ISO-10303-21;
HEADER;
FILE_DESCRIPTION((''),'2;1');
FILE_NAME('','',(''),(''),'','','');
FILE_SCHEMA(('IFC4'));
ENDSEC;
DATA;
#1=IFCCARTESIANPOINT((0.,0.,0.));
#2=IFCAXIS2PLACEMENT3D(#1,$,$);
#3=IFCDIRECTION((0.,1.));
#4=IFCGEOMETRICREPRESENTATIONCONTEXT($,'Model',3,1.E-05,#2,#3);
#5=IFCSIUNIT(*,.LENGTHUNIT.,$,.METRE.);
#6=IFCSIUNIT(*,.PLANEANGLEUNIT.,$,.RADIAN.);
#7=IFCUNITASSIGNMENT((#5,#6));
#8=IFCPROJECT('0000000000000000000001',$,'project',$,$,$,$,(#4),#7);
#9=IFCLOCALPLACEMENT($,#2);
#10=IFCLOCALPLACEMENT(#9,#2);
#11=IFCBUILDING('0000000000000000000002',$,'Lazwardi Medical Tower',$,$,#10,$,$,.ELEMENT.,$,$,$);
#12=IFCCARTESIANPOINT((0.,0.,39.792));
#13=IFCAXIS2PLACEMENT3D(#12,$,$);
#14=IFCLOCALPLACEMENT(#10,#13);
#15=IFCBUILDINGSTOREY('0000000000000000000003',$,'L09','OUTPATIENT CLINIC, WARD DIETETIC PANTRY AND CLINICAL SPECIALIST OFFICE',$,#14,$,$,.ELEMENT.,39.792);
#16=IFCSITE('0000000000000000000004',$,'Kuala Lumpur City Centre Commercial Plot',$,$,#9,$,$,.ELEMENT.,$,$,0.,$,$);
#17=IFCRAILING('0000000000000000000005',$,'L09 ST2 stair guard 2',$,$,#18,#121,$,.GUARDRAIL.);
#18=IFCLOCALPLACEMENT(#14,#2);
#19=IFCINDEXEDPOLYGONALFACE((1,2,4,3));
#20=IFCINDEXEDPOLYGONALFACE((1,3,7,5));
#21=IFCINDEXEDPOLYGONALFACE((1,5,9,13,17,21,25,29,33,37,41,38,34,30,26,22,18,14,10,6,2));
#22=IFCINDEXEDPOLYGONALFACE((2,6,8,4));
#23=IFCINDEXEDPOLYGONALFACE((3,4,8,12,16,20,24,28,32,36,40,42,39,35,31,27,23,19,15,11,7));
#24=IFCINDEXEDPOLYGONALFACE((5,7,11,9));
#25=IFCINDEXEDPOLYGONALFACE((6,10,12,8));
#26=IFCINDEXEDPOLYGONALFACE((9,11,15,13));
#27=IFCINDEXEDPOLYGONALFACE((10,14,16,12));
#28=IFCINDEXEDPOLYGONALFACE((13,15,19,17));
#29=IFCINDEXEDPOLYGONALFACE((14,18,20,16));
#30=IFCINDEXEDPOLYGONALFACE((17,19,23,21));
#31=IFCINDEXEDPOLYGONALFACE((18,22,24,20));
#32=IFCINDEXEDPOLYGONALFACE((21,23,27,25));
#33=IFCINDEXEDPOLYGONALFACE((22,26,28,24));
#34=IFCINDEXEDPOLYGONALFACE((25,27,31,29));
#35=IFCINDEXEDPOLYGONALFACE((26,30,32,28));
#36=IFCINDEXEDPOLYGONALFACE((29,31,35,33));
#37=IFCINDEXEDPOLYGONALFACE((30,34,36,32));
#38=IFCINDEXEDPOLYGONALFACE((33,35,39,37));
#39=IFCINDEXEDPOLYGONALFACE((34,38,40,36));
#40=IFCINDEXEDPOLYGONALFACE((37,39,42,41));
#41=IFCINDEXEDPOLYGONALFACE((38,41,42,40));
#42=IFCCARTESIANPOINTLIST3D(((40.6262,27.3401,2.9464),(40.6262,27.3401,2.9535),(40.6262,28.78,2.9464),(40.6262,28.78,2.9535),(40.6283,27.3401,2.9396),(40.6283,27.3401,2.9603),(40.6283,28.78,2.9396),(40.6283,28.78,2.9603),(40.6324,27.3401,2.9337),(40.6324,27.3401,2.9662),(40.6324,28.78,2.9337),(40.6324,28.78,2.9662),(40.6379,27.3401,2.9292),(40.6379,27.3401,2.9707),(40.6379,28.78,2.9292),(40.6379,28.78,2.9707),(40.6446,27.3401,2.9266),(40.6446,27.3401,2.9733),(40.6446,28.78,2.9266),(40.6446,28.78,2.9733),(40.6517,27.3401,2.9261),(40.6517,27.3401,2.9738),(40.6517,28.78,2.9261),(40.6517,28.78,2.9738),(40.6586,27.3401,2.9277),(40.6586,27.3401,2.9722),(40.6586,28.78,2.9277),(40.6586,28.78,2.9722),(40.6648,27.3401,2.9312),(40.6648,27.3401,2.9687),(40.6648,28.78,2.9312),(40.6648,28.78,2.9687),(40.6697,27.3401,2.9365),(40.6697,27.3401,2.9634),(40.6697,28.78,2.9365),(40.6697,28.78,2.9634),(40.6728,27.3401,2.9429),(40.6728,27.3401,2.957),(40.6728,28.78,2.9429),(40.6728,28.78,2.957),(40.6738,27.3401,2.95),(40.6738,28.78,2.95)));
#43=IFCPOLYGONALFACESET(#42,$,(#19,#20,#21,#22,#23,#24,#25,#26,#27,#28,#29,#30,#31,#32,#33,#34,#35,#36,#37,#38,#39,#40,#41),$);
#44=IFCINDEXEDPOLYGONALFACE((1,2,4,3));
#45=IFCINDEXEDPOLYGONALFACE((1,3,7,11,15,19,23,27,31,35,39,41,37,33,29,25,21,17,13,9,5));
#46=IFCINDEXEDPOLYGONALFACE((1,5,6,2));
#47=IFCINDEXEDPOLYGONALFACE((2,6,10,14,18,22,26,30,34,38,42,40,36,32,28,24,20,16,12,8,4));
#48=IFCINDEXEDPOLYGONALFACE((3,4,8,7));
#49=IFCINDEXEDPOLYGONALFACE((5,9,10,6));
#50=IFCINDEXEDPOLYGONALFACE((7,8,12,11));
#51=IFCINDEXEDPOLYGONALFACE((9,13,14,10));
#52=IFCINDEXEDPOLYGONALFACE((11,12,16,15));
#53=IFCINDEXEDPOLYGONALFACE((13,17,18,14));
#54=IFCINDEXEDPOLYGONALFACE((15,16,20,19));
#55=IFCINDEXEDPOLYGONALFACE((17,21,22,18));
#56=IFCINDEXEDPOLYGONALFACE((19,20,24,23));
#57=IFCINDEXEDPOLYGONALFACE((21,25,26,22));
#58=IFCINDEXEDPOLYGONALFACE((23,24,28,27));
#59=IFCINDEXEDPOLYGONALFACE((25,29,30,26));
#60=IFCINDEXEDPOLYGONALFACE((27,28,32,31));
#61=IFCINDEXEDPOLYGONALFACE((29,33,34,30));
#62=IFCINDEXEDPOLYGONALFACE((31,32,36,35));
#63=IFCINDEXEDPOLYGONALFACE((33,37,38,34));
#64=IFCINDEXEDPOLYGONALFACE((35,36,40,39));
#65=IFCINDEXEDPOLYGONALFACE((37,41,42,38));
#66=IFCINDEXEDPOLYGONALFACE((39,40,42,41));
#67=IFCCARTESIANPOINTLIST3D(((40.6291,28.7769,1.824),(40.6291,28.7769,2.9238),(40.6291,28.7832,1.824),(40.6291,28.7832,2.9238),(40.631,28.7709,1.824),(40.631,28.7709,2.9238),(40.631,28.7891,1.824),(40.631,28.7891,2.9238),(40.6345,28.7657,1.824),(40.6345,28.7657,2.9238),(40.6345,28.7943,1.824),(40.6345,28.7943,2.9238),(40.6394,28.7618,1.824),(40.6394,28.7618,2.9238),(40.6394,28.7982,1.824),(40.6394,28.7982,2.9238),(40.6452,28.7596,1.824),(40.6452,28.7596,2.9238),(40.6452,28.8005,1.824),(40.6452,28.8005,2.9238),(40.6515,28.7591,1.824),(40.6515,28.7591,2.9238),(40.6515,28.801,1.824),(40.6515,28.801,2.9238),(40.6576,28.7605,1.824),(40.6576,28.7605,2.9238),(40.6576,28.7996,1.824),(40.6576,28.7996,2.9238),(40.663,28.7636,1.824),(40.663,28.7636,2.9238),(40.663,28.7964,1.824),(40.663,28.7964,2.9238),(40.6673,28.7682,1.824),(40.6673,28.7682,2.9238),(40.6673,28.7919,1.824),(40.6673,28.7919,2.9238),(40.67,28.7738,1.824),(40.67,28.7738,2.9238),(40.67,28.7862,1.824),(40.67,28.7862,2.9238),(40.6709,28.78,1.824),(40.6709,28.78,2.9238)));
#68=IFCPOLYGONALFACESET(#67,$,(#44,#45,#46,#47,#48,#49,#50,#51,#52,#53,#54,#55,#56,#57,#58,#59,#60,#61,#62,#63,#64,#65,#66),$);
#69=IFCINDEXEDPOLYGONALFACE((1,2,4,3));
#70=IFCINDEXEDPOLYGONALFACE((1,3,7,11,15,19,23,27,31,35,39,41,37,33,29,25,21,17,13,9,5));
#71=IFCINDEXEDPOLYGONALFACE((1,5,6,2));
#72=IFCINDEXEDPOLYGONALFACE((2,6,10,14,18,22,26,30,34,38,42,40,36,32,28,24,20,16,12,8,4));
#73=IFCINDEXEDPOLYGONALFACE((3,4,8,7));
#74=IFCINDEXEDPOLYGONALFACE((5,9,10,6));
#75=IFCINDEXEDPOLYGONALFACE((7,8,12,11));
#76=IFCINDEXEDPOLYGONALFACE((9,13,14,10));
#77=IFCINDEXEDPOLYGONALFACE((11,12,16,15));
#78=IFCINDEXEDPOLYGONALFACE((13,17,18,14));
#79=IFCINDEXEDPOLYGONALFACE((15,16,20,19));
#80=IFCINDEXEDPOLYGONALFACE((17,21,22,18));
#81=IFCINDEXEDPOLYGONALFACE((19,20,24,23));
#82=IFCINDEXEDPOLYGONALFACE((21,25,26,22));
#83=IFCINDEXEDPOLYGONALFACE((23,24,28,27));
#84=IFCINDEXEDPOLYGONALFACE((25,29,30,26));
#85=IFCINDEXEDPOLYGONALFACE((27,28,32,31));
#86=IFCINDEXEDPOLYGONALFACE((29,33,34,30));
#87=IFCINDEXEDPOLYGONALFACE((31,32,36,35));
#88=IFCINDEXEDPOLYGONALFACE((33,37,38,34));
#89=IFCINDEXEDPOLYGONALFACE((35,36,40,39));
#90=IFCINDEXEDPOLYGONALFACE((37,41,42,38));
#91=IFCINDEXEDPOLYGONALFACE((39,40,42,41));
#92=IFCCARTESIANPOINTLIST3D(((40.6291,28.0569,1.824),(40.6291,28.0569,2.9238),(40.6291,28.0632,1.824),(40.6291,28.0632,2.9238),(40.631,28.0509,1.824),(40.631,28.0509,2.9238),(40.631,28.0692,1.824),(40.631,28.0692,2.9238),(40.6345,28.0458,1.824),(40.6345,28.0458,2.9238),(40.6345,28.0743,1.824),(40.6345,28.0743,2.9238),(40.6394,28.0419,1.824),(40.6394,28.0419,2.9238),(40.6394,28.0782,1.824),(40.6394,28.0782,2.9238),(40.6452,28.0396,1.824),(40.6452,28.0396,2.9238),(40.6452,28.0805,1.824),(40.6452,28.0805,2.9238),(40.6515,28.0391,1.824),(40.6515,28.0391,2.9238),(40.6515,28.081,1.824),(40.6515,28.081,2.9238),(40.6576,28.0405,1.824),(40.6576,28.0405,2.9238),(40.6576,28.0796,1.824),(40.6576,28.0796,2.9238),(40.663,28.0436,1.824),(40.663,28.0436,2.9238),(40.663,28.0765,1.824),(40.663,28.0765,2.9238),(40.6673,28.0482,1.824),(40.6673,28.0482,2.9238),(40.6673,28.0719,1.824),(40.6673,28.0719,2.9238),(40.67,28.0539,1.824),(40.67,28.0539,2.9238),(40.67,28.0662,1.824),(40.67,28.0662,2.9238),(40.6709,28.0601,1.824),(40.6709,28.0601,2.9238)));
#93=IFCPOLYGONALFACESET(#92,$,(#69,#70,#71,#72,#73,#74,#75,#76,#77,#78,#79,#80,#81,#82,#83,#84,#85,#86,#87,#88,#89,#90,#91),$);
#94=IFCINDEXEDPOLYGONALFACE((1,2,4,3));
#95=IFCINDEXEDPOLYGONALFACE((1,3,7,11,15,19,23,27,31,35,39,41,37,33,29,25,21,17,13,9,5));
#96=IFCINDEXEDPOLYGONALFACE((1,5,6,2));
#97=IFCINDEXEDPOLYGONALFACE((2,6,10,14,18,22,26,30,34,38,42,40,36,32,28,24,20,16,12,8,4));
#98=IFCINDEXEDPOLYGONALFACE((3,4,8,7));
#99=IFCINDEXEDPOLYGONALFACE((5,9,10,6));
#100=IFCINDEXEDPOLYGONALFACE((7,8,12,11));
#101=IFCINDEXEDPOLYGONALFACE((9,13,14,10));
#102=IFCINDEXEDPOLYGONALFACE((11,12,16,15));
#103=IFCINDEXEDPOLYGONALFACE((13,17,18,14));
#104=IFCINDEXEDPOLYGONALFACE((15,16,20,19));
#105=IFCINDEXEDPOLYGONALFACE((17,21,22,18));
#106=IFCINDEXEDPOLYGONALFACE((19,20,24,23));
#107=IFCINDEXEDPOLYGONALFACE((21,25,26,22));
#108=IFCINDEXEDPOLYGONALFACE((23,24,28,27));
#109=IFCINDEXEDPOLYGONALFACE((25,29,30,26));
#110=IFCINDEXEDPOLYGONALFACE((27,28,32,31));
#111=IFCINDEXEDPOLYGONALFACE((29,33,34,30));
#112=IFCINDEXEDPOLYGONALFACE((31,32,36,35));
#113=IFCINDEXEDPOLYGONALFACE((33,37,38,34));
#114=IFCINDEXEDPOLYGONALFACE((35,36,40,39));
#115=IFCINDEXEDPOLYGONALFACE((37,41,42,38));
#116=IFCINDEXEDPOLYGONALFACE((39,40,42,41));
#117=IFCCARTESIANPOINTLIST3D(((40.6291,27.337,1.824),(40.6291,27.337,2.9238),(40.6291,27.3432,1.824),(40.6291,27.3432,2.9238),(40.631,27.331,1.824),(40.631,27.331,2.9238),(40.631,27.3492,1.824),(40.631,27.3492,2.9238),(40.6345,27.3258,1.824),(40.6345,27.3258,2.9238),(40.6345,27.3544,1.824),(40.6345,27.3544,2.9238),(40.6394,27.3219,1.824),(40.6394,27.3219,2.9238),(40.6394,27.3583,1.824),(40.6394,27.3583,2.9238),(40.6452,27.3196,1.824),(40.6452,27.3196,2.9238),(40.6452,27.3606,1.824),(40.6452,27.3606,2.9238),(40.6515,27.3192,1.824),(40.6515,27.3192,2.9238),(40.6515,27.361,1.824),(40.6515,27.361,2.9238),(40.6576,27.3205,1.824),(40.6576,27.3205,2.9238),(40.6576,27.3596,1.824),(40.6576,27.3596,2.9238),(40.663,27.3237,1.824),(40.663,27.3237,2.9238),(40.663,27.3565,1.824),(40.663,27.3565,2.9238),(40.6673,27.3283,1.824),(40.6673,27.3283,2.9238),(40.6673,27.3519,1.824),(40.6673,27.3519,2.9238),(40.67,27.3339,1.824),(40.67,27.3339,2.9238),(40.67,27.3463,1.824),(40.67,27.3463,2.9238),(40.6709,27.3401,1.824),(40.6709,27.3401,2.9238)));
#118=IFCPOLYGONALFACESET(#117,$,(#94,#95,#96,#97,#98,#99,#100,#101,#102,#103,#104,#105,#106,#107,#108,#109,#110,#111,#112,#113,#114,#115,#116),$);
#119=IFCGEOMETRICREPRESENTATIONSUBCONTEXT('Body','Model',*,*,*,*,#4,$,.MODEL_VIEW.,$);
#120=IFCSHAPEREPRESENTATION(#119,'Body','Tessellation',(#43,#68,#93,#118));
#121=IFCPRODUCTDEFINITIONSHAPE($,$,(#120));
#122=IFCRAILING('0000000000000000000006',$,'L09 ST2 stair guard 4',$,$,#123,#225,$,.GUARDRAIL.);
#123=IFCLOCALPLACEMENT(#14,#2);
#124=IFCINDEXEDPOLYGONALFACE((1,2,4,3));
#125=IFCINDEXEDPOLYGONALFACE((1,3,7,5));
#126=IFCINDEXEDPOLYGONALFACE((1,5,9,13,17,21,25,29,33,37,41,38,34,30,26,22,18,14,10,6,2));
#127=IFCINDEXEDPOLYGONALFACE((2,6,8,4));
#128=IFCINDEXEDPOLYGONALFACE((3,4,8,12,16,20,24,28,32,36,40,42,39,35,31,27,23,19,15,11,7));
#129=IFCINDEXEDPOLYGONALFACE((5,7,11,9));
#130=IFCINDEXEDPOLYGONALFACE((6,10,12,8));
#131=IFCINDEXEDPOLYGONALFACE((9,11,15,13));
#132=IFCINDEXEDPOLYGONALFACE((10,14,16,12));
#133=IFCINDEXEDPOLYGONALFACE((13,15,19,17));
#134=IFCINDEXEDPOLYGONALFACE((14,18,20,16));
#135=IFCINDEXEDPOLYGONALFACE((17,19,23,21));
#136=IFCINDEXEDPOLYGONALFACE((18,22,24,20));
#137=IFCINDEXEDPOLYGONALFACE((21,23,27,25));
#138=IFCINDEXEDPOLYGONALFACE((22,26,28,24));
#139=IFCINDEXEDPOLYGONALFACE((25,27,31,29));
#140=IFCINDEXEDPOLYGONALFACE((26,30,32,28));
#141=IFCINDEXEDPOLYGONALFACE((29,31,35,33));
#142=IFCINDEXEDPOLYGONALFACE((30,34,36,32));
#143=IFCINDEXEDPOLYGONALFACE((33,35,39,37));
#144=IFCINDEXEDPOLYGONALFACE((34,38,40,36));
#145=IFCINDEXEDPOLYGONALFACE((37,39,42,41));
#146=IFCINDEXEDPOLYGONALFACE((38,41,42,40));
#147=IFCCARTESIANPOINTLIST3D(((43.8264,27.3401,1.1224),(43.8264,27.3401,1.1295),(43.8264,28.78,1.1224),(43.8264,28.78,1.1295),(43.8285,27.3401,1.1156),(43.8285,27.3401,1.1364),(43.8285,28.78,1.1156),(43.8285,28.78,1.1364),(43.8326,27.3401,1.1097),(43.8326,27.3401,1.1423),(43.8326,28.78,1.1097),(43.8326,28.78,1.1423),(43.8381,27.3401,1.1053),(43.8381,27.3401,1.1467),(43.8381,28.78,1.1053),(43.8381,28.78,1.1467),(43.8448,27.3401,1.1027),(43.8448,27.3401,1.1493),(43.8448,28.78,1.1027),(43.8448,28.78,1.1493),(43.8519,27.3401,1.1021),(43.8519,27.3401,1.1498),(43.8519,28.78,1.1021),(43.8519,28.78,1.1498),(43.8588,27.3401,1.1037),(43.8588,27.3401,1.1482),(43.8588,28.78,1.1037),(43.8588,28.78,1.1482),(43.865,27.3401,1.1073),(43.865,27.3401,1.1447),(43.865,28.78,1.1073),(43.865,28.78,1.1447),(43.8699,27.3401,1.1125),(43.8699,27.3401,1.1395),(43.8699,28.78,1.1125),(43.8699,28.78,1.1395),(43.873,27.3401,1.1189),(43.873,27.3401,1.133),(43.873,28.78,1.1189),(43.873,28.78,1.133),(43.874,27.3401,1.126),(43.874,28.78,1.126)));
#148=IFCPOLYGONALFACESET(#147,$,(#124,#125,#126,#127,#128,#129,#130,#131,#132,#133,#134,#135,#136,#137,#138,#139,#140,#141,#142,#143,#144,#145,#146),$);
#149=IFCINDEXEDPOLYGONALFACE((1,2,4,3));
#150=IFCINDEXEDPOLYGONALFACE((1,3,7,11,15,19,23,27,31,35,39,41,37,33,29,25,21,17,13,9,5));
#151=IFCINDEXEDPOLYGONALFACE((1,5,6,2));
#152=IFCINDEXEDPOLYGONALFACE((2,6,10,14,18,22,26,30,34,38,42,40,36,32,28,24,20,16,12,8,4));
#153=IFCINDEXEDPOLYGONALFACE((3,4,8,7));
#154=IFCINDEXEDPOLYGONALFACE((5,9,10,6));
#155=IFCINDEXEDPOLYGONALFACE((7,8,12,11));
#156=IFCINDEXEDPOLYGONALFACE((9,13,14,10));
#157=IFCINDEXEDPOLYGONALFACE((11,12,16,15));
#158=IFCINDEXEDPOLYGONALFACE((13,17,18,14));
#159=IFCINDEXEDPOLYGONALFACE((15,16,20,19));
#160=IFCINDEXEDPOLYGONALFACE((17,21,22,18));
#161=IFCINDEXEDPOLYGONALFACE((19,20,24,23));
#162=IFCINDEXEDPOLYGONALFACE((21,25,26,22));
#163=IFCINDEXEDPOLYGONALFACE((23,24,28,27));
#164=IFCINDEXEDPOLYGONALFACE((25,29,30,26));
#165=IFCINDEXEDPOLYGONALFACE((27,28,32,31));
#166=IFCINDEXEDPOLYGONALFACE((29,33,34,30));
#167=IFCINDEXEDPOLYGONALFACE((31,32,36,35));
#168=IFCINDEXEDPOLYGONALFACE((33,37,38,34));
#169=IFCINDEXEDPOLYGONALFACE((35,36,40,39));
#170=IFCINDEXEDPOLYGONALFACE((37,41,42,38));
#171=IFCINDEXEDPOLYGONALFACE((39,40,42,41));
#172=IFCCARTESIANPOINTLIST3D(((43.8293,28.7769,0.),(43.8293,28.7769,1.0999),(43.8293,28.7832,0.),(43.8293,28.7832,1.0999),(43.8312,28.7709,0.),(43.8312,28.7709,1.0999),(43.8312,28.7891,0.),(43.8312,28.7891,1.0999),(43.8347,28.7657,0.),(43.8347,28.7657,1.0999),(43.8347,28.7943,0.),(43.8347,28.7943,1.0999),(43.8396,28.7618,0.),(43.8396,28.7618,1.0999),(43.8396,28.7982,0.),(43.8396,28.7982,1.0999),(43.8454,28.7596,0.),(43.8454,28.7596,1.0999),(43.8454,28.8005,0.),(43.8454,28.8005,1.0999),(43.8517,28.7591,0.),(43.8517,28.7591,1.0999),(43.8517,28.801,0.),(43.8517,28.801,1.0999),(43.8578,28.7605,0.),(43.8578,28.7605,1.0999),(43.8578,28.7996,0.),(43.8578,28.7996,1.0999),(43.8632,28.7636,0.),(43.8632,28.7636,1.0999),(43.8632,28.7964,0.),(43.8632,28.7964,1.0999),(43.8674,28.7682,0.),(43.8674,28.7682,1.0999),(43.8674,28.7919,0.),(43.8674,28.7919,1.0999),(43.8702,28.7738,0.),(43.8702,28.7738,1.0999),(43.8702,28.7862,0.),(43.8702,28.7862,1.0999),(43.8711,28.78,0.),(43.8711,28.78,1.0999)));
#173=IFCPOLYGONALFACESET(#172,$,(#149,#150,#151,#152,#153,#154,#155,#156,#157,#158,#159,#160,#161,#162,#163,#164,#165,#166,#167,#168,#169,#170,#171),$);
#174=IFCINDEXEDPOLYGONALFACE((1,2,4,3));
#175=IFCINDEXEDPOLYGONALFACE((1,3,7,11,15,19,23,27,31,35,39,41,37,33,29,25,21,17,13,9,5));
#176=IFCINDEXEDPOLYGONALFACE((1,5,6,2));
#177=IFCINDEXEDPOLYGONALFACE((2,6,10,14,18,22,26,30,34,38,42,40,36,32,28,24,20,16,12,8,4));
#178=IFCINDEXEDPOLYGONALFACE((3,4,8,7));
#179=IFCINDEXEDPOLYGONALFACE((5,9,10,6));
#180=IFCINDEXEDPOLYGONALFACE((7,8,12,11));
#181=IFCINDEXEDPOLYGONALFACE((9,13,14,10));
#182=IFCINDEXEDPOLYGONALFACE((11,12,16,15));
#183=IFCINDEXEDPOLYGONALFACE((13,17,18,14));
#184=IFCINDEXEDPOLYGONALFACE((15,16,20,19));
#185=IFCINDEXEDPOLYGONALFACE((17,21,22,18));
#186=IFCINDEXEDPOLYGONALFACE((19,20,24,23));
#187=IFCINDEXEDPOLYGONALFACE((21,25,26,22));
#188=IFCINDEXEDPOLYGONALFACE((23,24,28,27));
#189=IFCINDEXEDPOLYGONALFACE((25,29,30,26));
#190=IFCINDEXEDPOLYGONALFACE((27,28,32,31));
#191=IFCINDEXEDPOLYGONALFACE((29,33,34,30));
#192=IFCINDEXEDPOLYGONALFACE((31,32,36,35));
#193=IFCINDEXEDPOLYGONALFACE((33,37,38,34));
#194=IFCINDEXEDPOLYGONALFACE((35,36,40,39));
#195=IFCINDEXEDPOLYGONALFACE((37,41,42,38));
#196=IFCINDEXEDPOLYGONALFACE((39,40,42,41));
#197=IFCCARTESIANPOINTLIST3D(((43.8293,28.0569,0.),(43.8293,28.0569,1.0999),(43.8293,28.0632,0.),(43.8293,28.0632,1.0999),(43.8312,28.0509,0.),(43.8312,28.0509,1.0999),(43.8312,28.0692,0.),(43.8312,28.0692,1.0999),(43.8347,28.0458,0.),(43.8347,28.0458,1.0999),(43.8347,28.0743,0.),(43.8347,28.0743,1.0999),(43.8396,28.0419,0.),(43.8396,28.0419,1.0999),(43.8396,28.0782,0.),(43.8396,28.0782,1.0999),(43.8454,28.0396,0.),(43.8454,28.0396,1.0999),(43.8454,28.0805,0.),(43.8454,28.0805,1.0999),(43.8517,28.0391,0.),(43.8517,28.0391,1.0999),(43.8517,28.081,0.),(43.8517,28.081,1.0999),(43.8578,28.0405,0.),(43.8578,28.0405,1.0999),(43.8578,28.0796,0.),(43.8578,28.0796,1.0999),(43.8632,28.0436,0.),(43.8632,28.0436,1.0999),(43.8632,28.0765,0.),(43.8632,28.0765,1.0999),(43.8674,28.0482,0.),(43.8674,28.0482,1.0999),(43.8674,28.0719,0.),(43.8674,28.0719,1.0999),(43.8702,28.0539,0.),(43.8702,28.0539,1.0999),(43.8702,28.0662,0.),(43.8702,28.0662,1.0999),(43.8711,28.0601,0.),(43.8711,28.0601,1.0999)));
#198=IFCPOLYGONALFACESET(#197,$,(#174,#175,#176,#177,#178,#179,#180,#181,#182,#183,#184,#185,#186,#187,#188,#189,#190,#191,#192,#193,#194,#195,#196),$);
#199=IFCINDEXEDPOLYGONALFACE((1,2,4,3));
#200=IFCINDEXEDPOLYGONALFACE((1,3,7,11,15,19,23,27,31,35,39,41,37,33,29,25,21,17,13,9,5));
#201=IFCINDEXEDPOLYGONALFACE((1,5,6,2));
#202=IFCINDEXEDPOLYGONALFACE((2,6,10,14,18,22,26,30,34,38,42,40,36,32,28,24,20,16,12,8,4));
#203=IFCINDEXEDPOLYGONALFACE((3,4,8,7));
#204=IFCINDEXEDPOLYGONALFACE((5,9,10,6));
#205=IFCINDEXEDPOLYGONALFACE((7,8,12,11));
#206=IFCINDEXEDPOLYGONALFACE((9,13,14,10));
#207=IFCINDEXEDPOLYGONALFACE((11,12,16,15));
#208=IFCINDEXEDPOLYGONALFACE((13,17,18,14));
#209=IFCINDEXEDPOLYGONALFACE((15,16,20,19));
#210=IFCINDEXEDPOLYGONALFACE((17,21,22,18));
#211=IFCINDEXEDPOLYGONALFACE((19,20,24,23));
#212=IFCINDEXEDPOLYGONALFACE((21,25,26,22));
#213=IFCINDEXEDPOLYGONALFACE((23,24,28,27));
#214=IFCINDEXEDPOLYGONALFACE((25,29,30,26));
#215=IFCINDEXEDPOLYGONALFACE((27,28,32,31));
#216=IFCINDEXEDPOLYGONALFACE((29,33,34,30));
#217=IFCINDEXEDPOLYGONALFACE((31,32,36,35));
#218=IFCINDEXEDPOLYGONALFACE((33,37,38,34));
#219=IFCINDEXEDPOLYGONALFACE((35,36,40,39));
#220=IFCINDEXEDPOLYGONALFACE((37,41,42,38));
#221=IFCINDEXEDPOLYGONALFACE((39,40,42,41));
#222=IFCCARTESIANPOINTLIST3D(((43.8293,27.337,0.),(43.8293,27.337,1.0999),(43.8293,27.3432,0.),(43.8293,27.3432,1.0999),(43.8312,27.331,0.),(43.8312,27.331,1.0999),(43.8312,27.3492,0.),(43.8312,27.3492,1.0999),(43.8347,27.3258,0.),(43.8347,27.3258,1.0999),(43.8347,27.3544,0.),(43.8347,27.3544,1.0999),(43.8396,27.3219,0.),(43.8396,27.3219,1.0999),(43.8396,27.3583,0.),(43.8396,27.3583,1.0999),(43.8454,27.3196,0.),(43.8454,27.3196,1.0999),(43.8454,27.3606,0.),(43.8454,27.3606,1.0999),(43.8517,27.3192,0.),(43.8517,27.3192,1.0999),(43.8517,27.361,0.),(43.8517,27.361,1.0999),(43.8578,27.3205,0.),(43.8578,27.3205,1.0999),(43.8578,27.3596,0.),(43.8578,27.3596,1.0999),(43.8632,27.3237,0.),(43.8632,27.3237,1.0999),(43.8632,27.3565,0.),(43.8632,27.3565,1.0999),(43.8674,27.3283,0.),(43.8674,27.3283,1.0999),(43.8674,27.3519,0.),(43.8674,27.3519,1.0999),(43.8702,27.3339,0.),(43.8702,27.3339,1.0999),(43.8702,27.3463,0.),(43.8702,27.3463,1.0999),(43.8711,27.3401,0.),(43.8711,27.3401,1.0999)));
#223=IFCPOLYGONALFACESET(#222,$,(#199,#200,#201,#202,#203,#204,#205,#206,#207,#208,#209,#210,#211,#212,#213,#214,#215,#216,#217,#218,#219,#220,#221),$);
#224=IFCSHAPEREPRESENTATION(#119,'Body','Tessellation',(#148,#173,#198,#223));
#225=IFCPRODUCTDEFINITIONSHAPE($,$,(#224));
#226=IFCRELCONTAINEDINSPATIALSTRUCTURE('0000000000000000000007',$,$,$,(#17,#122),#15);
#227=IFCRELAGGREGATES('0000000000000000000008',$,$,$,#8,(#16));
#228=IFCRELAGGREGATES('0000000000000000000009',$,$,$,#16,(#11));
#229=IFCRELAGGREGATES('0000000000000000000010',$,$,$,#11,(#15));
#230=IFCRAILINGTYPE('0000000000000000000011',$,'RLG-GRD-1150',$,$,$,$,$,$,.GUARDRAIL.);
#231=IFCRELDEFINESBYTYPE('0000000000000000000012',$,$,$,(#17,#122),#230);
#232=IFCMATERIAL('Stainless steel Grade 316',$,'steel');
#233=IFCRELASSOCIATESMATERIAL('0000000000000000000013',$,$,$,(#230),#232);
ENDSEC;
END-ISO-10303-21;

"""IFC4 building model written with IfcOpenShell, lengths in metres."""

from ifc_helpers import new_model, si_unit, direction, frame, origin, origin_2d, place, context, subcontext, project, spatial, circle, extrude, material, type_object, element, save


model = new_model("IFC4")

# Units and contexts
model_context = context("Model", 3, precision=1e-05, world=origin(), true_north=direction((0.0, 1.0)))
body_context = subcontext(model_context, "Body", "Model", "MODEL_VIEW")
ifc_project = project(units=[si_unit("LENGTHUNIT", "METRE"), si_unit("PLANEANGLEUNIT", "RADIAN")], contexts=[model_context])

# Site, building, storey
site_placement = place(None, origin())
site = spatial("IfcSite", under=ifc_project, at=site_placement, Name="Kuala Lumpur City Centre Commercial Plot", CompositionType="ELEMENT", RefElevation=0.0)
building_placement = place(site_placement, origin())
building = spatial("IfcBuilding", under=site, at=building_placement, Name="Lazwardi Medical Tower", CompositionType="ELEMENT")
storey_placement = place(building_placement, frame((0.0, 0.0, 39.792)))
storey = spatial("IfcBuildingStorey", under=building, at=storey_placement, Name="L09", Description="OUTPATIENT CLINIC, WARD DIETETIC PANTRY AND CLINICAL SPECIALIST OFFICE", CompositionType="ELEMENT", Elevation=39.792)

# Railings
ifc_material_1 = material(Name="Stainless steel Grade 316", Category="steel")
railing_type_1 = type_object("IfcRailingType", Name="RLG-GRD-1150", PredefinedType="GUARDRAIL", material=ifc_material_1)
for number, where, name in (
    (1, (40.6499, 28.78, 1.824), "L09 ST2 stair guard 2"),
    (2, (43.8501, 28.78, 0.0), "L09 ST2 stair guard 4"),
):
    element("IfcRailing", number, at=place(storey_placement, frame(where)), inside=storey, type_object=railing_type_1, Name=name, PredefinedType="GUARDRAIL", context=body_context, shape_type="SweptSolid", body=[
        extrude(circle(Radius=0.0239, at=origin_2d()), frame((0.0, 0.0, 1.126), z_axis=(0.0, -1.0, 0.0), x_axis=(1.0, 0.0, 0.0)), (0.0, 0.0, 1.0), 1.4399),
        extrude(circle(Radius=0.021, at=origin_2d()), origin(), (0.0, 0.0, 1.0), 1.0999),
        extrude(circle(Radius=0.021, at=origin_2d()), frame((0.0, -0.72, 0.0)), (0.0, 0.0, 1.0), 1.0999),
        extrude(circle(Radius=0.021, at=origin_2d()), frame((0.0, -1.4399, 0.0)), (0.0, 0.0, 1.0), 1.0999),
    ])

save(model, "model.ifc")
